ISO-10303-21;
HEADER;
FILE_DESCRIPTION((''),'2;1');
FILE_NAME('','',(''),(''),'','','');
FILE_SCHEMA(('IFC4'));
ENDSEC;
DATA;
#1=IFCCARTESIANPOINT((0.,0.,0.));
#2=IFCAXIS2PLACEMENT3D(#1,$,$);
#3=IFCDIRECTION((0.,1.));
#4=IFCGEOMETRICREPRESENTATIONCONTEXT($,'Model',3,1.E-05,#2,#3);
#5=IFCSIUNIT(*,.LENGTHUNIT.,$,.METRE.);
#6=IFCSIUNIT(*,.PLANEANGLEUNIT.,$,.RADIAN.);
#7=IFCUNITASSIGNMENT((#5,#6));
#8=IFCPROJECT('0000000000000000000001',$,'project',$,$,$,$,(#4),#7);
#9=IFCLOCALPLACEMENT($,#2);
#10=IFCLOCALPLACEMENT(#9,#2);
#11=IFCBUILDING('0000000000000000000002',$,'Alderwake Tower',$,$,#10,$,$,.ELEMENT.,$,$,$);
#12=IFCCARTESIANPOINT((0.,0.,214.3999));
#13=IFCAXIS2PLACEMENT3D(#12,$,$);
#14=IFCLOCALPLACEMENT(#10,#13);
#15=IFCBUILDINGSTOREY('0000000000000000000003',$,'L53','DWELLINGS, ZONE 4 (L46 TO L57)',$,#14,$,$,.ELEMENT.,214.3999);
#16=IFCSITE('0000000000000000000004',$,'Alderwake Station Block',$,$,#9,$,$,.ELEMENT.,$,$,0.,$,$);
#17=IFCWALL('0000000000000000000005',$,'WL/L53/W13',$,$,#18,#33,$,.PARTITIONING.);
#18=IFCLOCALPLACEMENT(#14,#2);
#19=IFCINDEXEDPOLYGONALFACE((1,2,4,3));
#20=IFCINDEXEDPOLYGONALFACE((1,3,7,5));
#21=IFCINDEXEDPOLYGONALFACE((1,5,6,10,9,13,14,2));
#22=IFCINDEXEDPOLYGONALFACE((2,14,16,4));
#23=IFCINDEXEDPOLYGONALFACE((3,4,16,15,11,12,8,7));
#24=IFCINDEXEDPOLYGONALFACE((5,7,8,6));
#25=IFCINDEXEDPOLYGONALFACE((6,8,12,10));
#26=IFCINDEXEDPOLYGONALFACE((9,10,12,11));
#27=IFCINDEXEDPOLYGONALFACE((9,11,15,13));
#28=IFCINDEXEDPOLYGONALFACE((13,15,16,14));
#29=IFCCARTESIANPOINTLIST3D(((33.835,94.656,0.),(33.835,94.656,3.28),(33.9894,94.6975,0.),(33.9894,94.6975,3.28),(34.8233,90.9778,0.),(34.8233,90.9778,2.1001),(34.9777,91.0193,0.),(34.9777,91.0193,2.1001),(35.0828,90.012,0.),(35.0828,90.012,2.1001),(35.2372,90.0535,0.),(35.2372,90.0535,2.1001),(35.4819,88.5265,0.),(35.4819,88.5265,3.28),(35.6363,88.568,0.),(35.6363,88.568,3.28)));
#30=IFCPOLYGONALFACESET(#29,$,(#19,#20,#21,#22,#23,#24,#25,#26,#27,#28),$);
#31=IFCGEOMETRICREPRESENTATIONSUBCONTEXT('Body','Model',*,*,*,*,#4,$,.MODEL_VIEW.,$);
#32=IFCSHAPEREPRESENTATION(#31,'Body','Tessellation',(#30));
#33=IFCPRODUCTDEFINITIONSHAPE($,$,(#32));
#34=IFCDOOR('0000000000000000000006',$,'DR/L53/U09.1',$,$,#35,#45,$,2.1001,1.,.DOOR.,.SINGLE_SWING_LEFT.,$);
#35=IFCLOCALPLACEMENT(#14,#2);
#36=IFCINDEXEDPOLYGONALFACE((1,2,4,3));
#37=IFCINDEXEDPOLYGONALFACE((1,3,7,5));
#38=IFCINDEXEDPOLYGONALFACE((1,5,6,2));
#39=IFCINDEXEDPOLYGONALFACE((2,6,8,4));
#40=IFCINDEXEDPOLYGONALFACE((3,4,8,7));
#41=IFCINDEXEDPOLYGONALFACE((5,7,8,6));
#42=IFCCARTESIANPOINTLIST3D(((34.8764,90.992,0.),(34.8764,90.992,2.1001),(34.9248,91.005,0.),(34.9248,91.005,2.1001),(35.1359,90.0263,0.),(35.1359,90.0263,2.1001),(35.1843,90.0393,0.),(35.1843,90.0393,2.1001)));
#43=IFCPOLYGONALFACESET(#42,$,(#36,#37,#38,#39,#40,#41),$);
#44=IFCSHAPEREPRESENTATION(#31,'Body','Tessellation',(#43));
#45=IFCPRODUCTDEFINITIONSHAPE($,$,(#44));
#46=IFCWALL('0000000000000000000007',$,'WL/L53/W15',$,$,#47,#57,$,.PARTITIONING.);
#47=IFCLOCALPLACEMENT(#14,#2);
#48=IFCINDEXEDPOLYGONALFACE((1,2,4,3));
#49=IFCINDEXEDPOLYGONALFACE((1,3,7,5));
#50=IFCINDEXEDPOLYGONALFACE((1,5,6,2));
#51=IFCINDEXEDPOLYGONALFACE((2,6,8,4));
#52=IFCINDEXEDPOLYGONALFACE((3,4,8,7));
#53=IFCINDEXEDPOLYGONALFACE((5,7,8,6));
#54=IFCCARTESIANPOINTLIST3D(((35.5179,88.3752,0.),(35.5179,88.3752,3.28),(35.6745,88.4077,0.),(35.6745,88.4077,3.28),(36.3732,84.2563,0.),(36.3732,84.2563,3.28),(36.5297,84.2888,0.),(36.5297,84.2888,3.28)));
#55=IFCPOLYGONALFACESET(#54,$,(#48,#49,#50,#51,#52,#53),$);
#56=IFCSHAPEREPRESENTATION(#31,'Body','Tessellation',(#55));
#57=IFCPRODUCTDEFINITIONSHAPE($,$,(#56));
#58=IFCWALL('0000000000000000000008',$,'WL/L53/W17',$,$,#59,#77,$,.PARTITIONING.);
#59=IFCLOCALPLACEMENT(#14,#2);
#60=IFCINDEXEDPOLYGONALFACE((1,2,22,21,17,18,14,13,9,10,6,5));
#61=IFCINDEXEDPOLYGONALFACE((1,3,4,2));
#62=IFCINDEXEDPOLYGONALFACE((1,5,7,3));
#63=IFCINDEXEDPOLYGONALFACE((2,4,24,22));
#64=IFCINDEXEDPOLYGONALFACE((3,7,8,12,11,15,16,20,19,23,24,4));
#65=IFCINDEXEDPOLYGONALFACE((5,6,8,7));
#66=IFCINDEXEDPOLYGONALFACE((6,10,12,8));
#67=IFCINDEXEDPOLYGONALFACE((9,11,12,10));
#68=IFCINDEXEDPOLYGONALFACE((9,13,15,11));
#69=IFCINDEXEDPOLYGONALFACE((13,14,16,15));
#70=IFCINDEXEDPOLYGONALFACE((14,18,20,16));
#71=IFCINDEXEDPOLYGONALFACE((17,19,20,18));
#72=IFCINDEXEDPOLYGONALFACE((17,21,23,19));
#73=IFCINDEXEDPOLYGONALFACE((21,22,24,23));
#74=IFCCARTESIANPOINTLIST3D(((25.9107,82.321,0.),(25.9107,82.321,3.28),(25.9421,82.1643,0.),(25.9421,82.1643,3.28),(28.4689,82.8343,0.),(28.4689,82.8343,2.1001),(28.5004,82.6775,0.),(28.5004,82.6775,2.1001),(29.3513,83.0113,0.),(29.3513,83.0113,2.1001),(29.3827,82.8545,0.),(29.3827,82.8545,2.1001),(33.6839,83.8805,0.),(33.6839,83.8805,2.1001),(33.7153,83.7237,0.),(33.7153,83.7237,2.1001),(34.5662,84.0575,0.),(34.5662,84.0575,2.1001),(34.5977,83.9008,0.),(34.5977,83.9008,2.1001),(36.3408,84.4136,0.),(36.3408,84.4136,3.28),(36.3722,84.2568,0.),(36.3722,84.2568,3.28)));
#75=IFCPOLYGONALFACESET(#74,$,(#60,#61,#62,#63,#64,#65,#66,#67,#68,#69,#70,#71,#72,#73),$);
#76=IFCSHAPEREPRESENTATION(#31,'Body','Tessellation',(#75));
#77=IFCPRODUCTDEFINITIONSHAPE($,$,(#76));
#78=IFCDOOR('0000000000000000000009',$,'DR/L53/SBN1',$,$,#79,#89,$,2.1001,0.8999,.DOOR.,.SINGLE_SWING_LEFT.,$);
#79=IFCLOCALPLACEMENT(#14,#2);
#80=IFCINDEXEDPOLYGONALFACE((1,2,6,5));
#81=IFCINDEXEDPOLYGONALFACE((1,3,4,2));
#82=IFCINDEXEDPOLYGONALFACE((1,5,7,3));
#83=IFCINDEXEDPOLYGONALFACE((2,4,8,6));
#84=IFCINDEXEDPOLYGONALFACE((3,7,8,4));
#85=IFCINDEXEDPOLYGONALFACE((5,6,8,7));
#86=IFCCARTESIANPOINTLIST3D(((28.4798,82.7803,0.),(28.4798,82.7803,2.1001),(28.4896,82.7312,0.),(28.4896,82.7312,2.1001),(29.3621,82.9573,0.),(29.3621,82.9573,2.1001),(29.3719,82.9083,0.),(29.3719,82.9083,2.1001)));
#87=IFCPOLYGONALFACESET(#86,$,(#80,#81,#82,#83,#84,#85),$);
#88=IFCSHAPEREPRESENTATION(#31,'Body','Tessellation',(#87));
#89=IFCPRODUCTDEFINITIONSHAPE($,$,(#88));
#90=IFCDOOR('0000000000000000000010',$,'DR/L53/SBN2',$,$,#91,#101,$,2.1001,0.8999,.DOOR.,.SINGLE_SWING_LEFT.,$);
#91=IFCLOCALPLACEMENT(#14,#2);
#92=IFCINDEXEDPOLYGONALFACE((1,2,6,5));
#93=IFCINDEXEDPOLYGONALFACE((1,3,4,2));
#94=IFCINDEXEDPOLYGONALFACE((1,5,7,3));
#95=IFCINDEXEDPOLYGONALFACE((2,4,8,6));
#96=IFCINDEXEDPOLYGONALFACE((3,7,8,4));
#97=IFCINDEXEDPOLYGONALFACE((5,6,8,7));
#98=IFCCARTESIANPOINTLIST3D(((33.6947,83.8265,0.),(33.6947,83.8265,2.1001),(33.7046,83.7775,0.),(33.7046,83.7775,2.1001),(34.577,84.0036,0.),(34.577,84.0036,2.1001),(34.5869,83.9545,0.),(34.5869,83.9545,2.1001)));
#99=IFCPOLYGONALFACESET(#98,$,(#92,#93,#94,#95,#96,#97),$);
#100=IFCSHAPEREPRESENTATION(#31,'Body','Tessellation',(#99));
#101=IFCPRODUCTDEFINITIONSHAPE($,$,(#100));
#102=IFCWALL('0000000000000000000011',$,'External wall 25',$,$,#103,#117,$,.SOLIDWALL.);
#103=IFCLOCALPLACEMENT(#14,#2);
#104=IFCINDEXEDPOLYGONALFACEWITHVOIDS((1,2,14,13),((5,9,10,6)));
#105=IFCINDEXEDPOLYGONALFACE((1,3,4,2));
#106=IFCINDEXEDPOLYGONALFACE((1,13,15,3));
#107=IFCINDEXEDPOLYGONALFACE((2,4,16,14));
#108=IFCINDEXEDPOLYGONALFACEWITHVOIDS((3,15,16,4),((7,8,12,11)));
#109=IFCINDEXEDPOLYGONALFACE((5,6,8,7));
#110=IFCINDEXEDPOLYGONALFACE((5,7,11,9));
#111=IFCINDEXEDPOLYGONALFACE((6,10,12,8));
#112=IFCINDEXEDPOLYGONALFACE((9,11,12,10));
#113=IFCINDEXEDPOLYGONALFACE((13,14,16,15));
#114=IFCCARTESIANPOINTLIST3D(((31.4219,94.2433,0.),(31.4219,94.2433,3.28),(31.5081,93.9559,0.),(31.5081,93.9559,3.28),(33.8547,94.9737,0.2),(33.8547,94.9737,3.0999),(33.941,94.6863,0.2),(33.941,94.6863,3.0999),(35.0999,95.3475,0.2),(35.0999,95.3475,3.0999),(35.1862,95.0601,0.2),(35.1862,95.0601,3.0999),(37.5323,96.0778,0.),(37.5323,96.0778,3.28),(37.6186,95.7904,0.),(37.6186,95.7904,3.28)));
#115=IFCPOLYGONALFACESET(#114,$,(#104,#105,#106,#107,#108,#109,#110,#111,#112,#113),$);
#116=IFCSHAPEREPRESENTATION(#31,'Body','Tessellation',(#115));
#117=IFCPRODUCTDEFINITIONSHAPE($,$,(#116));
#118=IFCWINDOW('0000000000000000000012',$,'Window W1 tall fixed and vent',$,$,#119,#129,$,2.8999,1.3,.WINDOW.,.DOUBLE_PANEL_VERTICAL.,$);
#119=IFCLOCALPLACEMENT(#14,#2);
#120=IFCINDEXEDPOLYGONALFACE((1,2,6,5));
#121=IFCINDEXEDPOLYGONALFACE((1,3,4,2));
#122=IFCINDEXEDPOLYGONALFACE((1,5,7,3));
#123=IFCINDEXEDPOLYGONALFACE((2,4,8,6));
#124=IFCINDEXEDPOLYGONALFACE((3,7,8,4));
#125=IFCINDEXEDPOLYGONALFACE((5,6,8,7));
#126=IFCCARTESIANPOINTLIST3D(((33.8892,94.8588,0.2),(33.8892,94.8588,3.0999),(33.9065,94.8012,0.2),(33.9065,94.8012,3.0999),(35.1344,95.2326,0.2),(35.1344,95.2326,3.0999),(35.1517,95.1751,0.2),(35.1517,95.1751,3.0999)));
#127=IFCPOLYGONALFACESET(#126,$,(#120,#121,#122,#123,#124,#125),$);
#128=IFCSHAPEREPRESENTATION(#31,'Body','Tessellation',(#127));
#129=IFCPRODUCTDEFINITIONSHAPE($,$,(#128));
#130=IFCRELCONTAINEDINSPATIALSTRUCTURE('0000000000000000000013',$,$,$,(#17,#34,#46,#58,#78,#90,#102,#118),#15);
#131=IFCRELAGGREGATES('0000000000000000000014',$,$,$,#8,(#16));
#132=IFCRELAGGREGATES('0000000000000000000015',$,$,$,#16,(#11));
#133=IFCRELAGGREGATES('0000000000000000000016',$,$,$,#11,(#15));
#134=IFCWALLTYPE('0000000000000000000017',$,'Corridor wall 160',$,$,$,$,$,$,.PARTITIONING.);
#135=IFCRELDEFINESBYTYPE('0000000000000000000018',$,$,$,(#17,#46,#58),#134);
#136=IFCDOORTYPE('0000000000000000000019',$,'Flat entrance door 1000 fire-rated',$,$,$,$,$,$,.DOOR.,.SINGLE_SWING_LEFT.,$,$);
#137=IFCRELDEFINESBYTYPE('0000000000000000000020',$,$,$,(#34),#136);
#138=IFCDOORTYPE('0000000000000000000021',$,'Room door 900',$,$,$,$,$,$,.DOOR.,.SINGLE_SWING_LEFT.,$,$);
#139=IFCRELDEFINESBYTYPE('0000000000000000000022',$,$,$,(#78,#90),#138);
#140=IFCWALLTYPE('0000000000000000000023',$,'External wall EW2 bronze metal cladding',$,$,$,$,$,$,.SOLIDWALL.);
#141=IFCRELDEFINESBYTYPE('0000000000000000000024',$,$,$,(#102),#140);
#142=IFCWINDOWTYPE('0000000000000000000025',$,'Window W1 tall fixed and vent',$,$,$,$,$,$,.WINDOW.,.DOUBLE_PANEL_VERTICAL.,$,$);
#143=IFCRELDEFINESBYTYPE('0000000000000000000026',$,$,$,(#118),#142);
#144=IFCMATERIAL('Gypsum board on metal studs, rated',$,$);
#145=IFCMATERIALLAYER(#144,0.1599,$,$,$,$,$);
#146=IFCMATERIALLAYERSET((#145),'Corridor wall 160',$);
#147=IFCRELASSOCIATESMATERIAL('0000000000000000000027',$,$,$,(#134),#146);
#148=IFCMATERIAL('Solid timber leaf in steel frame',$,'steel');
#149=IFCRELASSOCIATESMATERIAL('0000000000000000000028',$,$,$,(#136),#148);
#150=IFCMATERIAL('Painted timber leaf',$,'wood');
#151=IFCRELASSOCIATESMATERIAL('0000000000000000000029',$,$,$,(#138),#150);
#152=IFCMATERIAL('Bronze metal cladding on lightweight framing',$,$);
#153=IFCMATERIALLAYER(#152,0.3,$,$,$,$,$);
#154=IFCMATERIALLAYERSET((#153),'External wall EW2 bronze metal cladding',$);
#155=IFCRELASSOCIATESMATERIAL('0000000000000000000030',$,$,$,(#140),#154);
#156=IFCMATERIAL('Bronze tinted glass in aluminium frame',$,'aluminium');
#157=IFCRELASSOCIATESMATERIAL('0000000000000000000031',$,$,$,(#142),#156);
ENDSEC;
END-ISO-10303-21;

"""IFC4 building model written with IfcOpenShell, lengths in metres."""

from ifc_helpers import new_model, si_unit, direction, frame, frame_2d, origin, place, context, subcontext, project, spatial, rectangle, extrude, material, layer, layer_set, type_object, element, fill, save


model = new_model("IFC4")

# Units and contexts
model_context = context("Model", 3, precision=1e-05, world=origin(), true_north=direction((0.0, 1.0)))
body_context = subcontext(model_context, "Body", "Model", "MODEL_VIEW")
ifc_project = project(units=[si_unit("LENGTHUNIT", "METRE"), si_unit("PLANEANGLEUNIT", "RADIAN")], contexts=[model_context])

# Site, building, storey
site_placement = place(None, origin())
site = spatial("IfcSite", under=ifc_project, at=site_placement, Name="Alderwake Station Block", CompositionType="ELEMENT", RefElevation=0.0)
building_placement = place(site_placement, origin())
building = spatial("IfcBuilding", under=site, at=building_placement, Name="Alderwake Tower", CompositionType="ELEMENT")
storey_placement = place(building_placement, frame((0.0, 0.0, 214.3999)))
storey = spatial("IfcBuildingStorey", under=building, at=storey_placement, Name="L53", Description="DWELLINGS, ZONE 4 (L46 TO L57)", CompositionType="ELEMENT", Elevation=214.3999)

# Shared definitions
ifc_material_1 = material(Name="Gypsum board on metal studs, rated")
ifc_layer_1 = layer(ifc_material_1, 0.1599)
ifc_layer_set_1 = layer_set([ifc_layer_1], Name="Corridor wall 160")
wall_type_1 = type_object("IfcWallType", Name="Corridor wall 160", PredefinedType="PARTITIONING", material=ifc_layer_set_1)

# Wall, opening, door
wall_1_placement = place(storey_placement, frame((35.5591, 88.5474, 0.0), z_axis=(0.0, 0.0, 1.0), x_axis=(-0.259486, 0.965747, 0.0)))
wall_1 = element("IfcWall", 1, at=wall_1_placement, inside=storey, type_object=wall_type_1, Name="WL/L53/W13", PredefinedType="PARTITIONING", context=body_context, shape_type="SweptSolid", body=[
    extrude(rectangle(XDim=6.3469, YDim=0.1599, at=frame_2d((3.1733, 0.0))), origin(), (0.0, 0.0, 1.0), 3.28),
])
opening_1_placement = place(wall_1_placement, frame((1.5381, 0.0, 0.0)))
opening_1 = element("IfcOpeningElement", 2, at=opening_1_placement, cuts=wall_1, PredefinedType="OPENING", context=body_context, shape_type="SweptSolid", body=[
    extrude(rectangle(XDim=1.0, YDim=2.1001, at=frame_2d((0.5, 1.05))), frame((0.0, 0.0898, 0.0), z_axis=(0.0, -1.0, 0.0), x_axis=(1.0, 0.0, 0.0)), (0.0, 0.0, 1.0), 0.1799),
])
ifc_material_2 = material(Name="Solid timber leaf in steel frame", Category="steel")
door_type_1 = type_object("IfcDoorType", Name="Flat entrance door 1000 fire-rated", OperationType="SINGLE_SWING_LEFT", PredefinedType="DOOR", material=ifc_material_2)
door_1_placement = place(opening_1_placement, origin())
door_1 = element("IfcDoor", 3, at=door_1_placement, inside=storey, type_object=door_type_1, Name="DR/L53/U09.1", OperationType="SINGLE_SWING_LEFT", OverallHeight=2.1001, OverallWidth=1.0, PredefinedType="DOOR", context=body_context, shape_type="SweptSolid", body=[
    extrude(rectangle(XDim=1.0, YDim=2.1001, at=frame_2d((0.5, 1.05))), frame((0.0, 0.0249, 0.0), z_axis=(0.0, -1.0, 0.0), x_axis=(1.0, 0.0, 0.0)), (0.0, 0.0, 1.0), 0.05),
])
fill(opening_1, door_1)

# Wall
wall_2_placement = place(storey_placement, frame((35.5962, 88.3916, 0.0), z_axis=(0.0, 0.0, 1.0), x_axis=(0.203298, -0.979117, 0.0)))
element("IfcWall", 4, at=wall_2_placement, inside=storey, type_object=wall_type_1, Name="WL/L53/W15", PredefinedType="PARTITIONING", context=body_context, shape_type="SweptSolid", body=[
    extrude(rectangle(XDim=4.2068, YDim=0.1599, at=frame_2d((2.1035, 0.0))), origin(), (0.0, 0.0, 1.0), 3.28),
])

# Wall, openings, doors
wall_3_placement = place(storey_placement, frame((25.9265, 82.2427, 0.0), z_axis=(0.0, 0.0, 1.0), x_axis=(0.980463, 0.196703, 0.0)))
wall_3 = element("IfcWall", 5, at=wall_3_placement, inside=storey, type_object=wall_type_1, Name="WL/L53/W17", PredefinedType="PARTITIONING", context=body_context, shape_type="SweptSolid", body=[
    extrude(rectangle(XDim=10.6379, YDim=0.1599, at=frame_2d((5.3188, 0.0))), origin(), (0.0, 0.0, 1.0), 3.28),
])
opening_2_placement = place(wall_3_placement, frame((2.6091, 0.0, 0.0)))
opening_2 = element("IfcOpeningElement", 6, at=opening_2_placement, cuts=wall_3, PredefinedType="OPENING", context=body_context, shape_type="SweptSolid", body=[
    extrude(rectangle(XDim=0.8999, YDim=2.1001, at=frame_2d((0.45, 1.05))), frame((0.0, 0.0898, 0.0), z_axis=(0.0, -1.0, 0.0), x_axis=(1.0, 0.0, 0.0)), (0.0, 0.0, 1.0), 0.1799),
])
opening_3_placement = place(wall_3_placement, frame((7.928, 0.0, 0.0)))
opening_3 = element("IfcOpeningElement", 7, at=opening_3_placement, cuts=wall_3, PredefinedType="OPENING", context=body_context, shape_type="SweptSolid", body=[
    extrude(rectangle(XDim=0.8999, YDim=2.1001, at=frame_2d((0.45, 1.05))), frame((0.0, 0.0898, 0.0), z_axis=(0.0, -1.0, 0.0), x_axis=(1.0, 0.0, 0.0)), (0.0, 0.0, 1.0), 0.1799),
])
ifc_material_3 = material(Name="Painted timber leaf", Category="wood")
door_type_2 = type_object("IfcDoorType", Name="Room door 900", OperationType="SINGLE_SWING_LEFT", PredefinedType="DOOR", material=ifc_material_3)
door_2_placement = place(opening_2_placement, origin())
door_2 = element("IfcDoor", 8, at=door_2_placement, inside=storey, type_object=door_type_2, Name="DR/L53/SBN1", OperationType="SINGLE_SWING_LEFT", OverallHeight=2.1001, OverallWidth=0.8999, PredefinedType="DOOR", context=body_context, shape_type="SweptSolid", body=[
    extrude(rectangle(XDim=0.8999, YDim=2.1001, at=frame_2d((0.45, 1.05))), frame((0.0, 0.0249, 0.0), z_axis=(0.0, -1.0, 0.0), x_axis=(1.0, 0.0, 0.0)), (0.0, 0.0, 1.0), 0.05),
])
fill(opening_2, door_2)
door_3_placement = place(opening_3_placement, origin())
door_3 = element("IfcDoor", 9, at=door_3_placement, inside=storey, type_object=door_type_2, Name="DR/L53/SBN2", OperationType="SINGLE_SWING_LEFT", OverallHeight=2.1001, OverallWidth=0.8999, PredefinedType="DOOR", context=body_context, shape_type="SweptSolid", body=[
    extrude(rectangle(XDim=0.8999, YDim=2.1001, at=frame_2d((0.45, 1.05))), frame((0.0, 0.0249, 0.0), z_axis=(0.0, -1.0, 0.0), x_axis=(1.0, 0.0, 0.0)), (0.0, 0.0, 1.0), 0.05),
])
fill(opening_3, door_3)

# Wall, opening, window
ifc_material_4 = material(Name="Bronze metal cladding on lightweight framing")
ifc_layer_2 = layer(ifc_material_4, 0.3)
ifc_layer_set_2 = layer_set([ifc_layer_2], Name="External wall EW2 bronze metal cladding")
wall_type_2 = type_object("IfcWallType", Name="External wall EW2 bronze metal cladding", PredefinedType="SOLIDWALL", material=ifc_layer_set_2)
wall_4_placement = place(storey_placement, frame((37.5754, 95.9341, 0.0), z_axis=(0.0, 0.0, 1.0), x_axis=(-0.957767, -0.287544, 0.0)))
wall_4 = element("IfcWall", 10, at=wall_4_placement, inside=storey, type_object=wall_type_2, Name="External wall 25", PredefinedType="SOLIDWALL", context=body_context, shape_type="SweptSolid", body=[
    extrude(rectangle(XDim=6.3799, YDim=0.3, at=frame_2d((3.1899, 0.0))), origin(), (0.0, 0.0, 1.0), 3.28),
])
opening_4_placement = place(wall_4_placement, frame((2.5398, 0.0, 0.2)))
opening_4 = element("IfcOpeningElement", 11, at=opening_4_placement, cuts=wall_4, PredefinedType="OPENING", context=body_context, shape_type="SweptSolid", body=[
    extrude(rectangle(XDim=1.3, YDim=2.8999, at=frame_2d((0.6499, 1.45))), frame((0.0, 0.1599, 0.0), z_axis=(0.0, -1.0, 0.0), x_axis=(1.0, 0.0, 0.0)), (0.0, 0.0, 1.0), 0.3201),
])
ifc_material_5 = material(Name="Bronze tinted glass in aluminium frame", Category="aluminium")
window_type = type_object("IfcWindowType", Name="Window W1 tall fixed and vent", PartitioningType="DOUBLE_PANEL_VERTICAL", PredefinedType="WINDOW", material=ifc_material_5)
window_1_placement = place(opening_4_placement, origin())
window_1 = element("IfcWindow", 12, at=window_1_placement, inside=storey, type_object=window_type, Name="Window W1 tall fixed and vent", OverallHeight=2.8999, OverallWidth=1.3, PartitioningType="DOUBLE_PANEL_VERTICAL", PredefinedType="WINDOW", context=body_context, shape_type="SweptSolid", body=[
    extrude(rectangle(XDim=1.3, YDim=2.8999, at=frame_2d((0.6499, 1.45))), frame((0.0, 0.03, 0.0), z_axis=(0.0, -1.0, 0.0), x_axis=(1.0, 0.0, 0.0)), (0.0, 0.0, 1.0), 0.0601),
])
fill(opening_4, window_1)

save(model, "model.ifc")
